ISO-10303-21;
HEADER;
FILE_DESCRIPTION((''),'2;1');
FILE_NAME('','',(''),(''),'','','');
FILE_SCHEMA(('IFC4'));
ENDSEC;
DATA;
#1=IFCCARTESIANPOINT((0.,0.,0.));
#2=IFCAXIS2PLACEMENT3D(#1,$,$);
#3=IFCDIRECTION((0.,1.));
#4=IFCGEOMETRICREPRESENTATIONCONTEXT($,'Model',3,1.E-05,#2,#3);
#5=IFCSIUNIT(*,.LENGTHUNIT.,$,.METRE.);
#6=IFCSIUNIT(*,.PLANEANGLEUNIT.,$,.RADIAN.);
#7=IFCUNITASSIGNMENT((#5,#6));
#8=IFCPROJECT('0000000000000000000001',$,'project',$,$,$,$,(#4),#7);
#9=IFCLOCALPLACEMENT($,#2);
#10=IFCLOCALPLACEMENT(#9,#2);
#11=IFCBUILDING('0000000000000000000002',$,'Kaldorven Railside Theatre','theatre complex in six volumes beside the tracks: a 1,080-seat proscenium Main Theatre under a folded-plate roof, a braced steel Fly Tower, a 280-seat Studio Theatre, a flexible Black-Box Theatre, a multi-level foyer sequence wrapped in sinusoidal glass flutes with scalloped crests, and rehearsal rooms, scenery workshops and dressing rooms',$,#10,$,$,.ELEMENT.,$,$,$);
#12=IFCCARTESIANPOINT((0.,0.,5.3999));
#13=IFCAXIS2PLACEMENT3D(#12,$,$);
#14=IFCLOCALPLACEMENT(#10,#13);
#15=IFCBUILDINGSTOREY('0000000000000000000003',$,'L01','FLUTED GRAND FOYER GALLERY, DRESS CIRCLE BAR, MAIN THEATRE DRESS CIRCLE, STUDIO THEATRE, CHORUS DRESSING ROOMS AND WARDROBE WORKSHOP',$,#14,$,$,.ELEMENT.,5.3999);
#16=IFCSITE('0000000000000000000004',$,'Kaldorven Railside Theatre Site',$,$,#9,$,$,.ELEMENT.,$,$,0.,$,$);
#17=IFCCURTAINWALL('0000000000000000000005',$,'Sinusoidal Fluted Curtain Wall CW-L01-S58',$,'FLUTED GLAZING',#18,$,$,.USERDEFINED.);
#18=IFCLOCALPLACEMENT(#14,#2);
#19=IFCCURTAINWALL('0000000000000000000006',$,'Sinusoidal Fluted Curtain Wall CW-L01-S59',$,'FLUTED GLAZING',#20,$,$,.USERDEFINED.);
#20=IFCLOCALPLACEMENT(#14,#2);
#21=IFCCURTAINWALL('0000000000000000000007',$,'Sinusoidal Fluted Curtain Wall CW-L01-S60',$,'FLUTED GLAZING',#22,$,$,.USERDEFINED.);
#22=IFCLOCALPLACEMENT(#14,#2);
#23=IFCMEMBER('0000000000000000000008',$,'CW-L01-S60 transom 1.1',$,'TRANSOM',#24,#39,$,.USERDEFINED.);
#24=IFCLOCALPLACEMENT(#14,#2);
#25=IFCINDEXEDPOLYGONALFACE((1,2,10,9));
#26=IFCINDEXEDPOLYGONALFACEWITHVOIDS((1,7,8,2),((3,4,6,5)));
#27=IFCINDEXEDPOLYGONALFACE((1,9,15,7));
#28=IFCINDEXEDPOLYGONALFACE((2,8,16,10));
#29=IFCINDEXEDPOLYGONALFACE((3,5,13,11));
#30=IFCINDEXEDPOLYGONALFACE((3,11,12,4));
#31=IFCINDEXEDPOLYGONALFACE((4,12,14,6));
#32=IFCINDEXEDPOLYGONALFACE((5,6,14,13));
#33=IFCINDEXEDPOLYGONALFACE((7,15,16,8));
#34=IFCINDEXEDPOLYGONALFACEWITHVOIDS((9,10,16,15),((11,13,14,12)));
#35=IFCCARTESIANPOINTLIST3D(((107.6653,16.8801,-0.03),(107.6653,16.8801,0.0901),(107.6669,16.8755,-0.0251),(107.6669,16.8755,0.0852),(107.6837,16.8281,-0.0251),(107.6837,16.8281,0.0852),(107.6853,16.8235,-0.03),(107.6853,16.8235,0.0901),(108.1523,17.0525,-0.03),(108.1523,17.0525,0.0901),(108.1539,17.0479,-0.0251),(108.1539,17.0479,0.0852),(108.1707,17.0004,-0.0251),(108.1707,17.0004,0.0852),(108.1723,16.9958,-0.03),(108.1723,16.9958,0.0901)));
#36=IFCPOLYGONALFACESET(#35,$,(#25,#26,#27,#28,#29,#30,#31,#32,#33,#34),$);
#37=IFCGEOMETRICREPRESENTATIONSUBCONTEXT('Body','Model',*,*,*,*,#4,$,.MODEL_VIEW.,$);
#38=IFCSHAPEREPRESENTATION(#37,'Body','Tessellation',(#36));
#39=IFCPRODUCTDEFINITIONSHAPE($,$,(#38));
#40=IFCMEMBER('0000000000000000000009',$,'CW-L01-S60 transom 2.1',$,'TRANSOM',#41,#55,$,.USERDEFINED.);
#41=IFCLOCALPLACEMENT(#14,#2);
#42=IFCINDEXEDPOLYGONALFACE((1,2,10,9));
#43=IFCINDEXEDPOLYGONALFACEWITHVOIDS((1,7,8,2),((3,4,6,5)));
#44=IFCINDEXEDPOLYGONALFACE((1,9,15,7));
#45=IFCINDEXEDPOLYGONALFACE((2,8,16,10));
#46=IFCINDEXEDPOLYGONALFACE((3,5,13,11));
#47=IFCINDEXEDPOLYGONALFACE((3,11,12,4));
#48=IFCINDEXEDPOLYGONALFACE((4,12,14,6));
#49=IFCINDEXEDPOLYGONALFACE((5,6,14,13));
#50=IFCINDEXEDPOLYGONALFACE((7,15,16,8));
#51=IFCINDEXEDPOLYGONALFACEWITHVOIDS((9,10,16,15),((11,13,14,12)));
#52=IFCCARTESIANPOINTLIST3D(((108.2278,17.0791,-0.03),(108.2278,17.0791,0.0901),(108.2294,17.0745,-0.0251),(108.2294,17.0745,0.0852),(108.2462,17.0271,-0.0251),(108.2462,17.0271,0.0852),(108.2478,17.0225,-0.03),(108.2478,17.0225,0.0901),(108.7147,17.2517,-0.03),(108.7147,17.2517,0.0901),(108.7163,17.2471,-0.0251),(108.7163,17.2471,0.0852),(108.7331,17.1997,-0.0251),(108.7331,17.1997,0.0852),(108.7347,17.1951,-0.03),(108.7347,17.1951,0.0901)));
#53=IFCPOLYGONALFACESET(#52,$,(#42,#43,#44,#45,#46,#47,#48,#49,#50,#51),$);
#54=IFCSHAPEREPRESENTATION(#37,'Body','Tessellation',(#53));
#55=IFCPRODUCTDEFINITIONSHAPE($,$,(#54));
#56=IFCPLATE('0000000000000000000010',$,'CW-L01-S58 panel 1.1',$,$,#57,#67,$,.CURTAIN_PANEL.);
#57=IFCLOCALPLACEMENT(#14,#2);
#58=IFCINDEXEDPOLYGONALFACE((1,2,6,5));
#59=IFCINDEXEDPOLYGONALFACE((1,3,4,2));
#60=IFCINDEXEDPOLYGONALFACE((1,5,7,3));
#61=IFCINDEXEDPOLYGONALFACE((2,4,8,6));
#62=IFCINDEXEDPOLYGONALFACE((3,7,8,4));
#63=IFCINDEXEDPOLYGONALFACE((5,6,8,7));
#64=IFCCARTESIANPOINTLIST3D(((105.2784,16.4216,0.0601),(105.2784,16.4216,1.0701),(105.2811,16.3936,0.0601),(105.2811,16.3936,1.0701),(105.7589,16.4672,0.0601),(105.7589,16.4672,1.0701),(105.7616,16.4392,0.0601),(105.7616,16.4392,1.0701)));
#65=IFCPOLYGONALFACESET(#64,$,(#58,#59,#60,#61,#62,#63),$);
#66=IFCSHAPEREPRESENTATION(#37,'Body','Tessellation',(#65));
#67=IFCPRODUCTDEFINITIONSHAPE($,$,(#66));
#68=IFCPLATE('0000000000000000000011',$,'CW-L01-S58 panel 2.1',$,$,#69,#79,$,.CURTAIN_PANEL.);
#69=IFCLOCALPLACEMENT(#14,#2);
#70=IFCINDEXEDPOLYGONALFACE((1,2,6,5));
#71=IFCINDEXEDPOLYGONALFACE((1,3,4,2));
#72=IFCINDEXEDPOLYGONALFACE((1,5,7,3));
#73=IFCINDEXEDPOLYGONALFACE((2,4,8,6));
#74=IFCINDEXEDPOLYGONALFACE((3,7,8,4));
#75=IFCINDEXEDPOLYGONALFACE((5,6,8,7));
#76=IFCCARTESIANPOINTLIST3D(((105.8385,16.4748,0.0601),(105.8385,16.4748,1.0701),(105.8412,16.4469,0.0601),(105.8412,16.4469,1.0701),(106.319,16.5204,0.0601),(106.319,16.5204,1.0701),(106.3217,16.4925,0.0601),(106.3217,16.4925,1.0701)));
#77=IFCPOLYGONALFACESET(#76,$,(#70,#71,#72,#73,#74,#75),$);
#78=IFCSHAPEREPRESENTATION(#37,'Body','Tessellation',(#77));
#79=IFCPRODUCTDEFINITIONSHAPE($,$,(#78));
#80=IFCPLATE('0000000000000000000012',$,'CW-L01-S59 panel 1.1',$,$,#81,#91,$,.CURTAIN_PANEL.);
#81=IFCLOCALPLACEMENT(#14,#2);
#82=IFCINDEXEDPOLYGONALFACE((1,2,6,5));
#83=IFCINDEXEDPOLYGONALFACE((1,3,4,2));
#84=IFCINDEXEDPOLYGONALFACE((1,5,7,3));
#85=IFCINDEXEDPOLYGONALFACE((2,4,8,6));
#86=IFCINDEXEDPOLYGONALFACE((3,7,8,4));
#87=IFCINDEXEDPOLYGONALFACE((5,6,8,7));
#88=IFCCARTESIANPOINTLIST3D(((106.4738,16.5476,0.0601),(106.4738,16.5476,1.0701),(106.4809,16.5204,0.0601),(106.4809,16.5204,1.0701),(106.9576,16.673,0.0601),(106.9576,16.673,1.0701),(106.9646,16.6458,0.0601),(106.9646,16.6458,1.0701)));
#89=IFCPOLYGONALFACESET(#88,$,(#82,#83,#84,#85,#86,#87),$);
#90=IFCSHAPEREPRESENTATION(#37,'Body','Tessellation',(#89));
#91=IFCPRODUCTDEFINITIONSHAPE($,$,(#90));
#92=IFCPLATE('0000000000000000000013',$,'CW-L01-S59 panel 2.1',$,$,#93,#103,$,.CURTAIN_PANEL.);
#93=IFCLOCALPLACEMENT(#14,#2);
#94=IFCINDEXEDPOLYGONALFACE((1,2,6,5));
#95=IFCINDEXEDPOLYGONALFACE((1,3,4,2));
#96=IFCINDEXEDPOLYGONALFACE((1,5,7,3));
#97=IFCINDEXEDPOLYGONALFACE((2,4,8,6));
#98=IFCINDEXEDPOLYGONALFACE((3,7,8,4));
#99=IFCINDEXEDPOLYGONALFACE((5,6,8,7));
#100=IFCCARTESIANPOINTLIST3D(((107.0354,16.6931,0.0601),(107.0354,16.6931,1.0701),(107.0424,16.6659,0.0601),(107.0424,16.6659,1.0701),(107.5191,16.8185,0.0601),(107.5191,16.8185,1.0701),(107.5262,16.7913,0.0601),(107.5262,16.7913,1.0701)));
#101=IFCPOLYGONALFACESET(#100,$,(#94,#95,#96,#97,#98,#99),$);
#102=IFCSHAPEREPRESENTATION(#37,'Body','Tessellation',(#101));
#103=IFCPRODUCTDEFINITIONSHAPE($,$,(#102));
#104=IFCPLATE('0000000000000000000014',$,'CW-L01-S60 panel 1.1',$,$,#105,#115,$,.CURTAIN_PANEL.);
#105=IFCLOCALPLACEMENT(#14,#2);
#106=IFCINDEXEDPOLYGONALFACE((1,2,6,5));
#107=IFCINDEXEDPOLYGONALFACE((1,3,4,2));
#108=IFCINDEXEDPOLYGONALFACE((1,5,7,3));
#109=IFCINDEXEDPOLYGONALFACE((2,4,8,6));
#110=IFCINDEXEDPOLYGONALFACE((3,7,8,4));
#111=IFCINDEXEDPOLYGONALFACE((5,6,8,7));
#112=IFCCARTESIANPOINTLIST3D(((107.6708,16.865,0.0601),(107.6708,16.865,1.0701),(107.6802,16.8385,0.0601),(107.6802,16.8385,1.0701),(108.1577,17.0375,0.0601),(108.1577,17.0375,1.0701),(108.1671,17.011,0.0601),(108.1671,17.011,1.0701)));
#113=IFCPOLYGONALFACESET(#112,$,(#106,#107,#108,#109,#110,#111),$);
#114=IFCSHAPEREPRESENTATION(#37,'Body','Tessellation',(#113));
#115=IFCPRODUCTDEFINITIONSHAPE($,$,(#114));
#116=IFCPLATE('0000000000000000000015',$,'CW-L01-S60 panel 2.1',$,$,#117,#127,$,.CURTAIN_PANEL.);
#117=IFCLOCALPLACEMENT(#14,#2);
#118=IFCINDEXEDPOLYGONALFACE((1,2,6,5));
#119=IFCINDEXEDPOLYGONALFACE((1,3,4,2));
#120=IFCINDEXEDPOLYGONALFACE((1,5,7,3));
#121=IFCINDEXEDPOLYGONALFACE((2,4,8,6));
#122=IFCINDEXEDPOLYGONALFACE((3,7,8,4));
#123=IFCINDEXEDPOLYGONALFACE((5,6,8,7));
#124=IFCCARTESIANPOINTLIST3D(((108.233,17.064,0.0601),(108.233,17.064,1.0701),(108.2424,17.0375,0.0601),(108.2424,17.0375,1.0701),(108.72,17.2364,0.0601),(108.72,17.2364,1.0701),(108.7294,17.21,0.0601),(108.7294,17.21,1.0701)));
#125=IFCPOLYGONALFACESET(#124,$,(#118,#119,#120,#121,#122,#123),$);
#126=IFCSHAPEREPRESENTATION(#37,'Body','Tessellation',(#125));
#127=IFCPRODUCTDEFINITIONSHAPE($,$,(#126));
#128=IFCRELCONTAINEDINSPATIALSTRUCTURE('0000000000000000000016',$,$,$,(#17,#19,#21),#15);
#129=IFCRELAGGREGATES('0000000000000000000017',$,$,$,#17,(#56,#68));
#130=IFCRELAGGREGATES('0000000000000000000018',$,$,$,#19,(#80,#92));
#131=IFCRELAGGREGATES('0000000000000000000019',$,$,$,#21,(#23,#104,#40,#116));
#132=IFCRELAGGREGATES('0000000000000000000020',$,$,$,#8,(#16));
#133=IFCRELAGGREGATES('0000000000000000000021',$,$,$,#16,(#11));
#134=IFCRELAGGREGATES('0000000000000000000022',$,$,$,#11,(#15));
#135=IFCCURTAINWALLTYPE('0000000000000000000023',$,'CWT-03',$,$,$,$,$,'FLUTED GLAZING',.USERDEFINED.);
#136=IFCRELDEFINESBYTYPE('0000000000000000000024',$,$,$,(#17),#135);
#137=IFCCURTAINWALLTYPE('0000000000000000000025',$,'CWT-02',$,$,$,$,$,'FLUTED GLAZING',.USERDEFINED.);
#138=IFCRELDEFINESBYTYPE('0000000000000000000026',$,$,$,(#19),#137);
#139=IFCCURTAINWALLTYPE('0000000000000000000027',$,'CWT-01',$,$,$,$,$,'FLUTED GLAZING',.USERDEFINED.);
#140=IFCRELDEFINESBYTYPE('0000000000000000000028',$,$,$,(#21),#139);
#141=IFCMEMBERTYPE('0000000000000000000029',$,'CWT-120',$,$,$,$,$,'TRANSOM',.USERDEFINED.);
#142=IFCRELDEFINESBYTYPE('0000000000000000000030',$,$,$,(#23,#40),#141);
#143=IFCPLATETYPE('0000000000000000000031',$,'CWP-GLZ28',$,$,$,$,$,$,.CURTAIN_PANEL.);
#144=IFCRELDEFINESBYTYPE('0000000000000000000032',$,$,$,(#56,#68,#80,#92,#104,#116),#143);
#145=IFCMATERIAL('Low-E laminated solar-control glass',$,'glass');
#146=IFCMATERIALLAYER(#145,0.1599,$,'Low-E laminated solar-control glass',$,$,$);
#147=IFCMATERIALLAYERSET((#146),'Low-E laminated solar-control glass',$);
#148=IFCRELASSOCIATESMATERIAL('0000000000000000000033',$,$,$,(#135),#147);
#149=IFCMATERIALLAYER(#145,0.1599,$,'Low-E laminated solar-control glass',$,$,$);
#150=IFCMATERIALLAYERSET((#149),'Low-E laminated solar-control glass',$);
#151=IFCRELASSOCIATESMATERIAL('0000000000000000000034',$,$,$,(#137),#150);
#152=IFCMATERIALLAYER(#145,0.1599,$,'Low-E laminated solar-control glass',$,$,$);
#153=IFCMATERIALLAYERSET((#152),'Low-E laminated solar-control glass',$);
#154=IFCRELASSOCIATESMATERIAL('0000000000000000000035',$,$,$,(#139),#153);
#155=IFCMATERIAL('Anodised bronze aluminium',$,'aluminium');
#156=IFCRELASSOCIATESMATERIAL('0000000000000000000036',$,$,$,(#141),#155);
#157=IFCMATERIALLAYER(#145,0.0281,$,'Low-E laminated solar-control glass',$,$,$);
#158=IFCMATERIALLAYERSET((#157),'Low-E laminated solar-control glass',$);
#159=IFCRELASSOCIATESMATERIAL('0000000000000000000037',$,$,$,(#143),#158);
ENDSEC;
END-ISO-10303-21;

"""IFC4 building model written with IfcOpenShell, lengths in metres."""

from ifc_helpers import new_model, si_unit, direction, frame, origin, origin_2d, place, context, subcontext, project, spatial, rectangle, hollow_rectangle, extrude, material, layer, layer_set, material_profile, profile_set, type_object, element, aggregate, save


model = new_model("IFC4")

# Units and contexts
model_context = context("Model", 3, precision=1e-05, world=origin(), true_north=direction((0.0, 1.0)))
body_context = subcontext(model_context, "Body", "Model", "MODEL_VIEW")
ifc_project = project(units=[si_unit("LENGTHUNIT", "METRE"), si_unit("PLANEANGLEUNIT", "RADIAN")], contexts=[model_context])

# Site, building, storey
site_placement = place(None, origin())
site = spatial("IfcSite", under=ifc_project, at=site_placement, Name="Kaldorven Railside Theatre Site", CompositionType="ELEMENT", RefElevation=0.0)
building_placement = place(site_placement, origin())
building = spatial("IfcBuilding", under=site, at=building_placement, Name="Kaldorven Railside Theatre", Description="theatre complex in six volumes beside the tracks: a 1,080-seat proscenium Main Theatre under a folded-plate roof, a braced steel Fly Tower, a 280-seat Studio Theatre, a flexible Black-Box Theatre, a multi-level foyer sequence wrapped in sinusoidal glass flutes with scalloped crests, and rehearsal rooms, scenery workshops and dressing rooms", CompositionType="ELEMENT")
storey_placement = place(building_placement, frame((0.0, 0.0, 5.3999)))
storey = spatial("IfcBuildingStorey", under=building, at=storey_placement, Name="L01", Description="FLUTED GRAND FOYER GALLERY, DRESS CIRCLE BAR, MAIN THEATRE DRESS CIRCLE, STUDIO THEATRE, CHORUS DRESSING ROOMS AND WARDROBE WORKSHOP", CompositionType="ELEMENT", Elevation=5.3999)

# Curtain walls
ifc_material_1 = material(Name="Low-E laminated solar-control glass", Category="glass")
ifc_layer_1 = layer(ifc_material_1, 0.1599, Name="Low-E laminated solar-control glass")
ifc_layer_set_1 = layer_set([ifc_layer_1], Name="Low-E laminated solar-control glass")
curtain_wall_type_1 = type_object("IfcCurtainWallType", Name="CWT-03", ElementType="FLUTED GLAZING", PredefinedType="USERDEFINED", material=ifc_layer_set_1)
curtain_wall_1_placement = place(storey_placement, origin())
curtain_wall_1 = element("IfcCurtainWall", 1, at=curtain_wall_1_placement, inside=storey, type_object=curtain_wall_type_1, Name="Sinusoidal Fluted Curtain Wall CW-L01-S58", ObjectType="FLUTED GLAZING", PredefinedType="USERDEFINED")
ifc_material_2 = material(Name="Anodised bronze aluminium", Category="aluminium")
ifc_layer_2 = layer(ifc_material_1, 0.1599, Name="Low-E laminated solar-control glass")
ifc_layer_set_2 = layer_set([ifc_layer_2], Name="Low-E laminated solar-control glass")
curtain_wall_type_2 = type_object("IfcCurtainWallType", Name="CWT-02", ElementType="FLUTED GLAZING", PredefinedType="USERDEFINED", material=ifc_layer_set_2)
curtain_wall_2_placement = place(storey_placement, origin())
curtain_wall_2 = element("IfcCurtainWall", 2, at=curtain_wall_2_placement, inside=storey, type_object=curtain_wall_type_2, Name="Sinusoidal Fluted Curtain Wall CW-L01-S59", ObjectType="FLUTED GLAZING", PredefinedType="USERDEFINED")
ifc_layer_3 = layer(ifc_material_1, 0.1599, Name="Low-E laminated solar-control glass")
ifc_layer_set_3 = layer_set([ifc_layer_3], Name="Low-E laminated solar-control glass")
curtain_wall_type_3 = type_object("IfcCurtainWallType", Name="CWT-01", ElementType="FLUTED GLAZING", PredefinedType="USERDEFINED", material=ifc_layer_set_3)
curtain_wall_3_placement = place(storey_placement, origin())
curtain_wall_3 = element("IfcCurtainWall", 3, at=curtain_wall_3_placement, inside=storey, type_object=curtain_wall_type_3, Name="Sinusoidal Fluted Curtain Wall CW-L01-S60", ObjectType="FLUTED GLAZING", PredefinedType="USERDEFINED")

# Members
ifc_material_profile_1 = material_profile(ifc_material_2, hollow_rectangle(XDim=0.0601, YDim=0.1201, WallThickness=0.0049, at=origin_2d()), Name="RHS 120x60x5")
ifc_profile_set_1 = profile_set([ifc_material_profile_1], Name="Anodised bronze aluminium")
member_type_1 = type_object("IfcMemberType", Name="CWT-120", ElementType="TRANSOM", PredefinedType="USERDEFINED", material=ifc_profile_set_1)
member_1_placement = place(storey_placement, frame((107.6753, 16.8518, 0.03), z_axis=(0.942711, 0.333611, 0.0), x_axis=(-0.333611, 0.942711, 0.0)))
member_1 = element("IfcMember", 4, at=member_1_placement, type_object=member_type_1, Name="CW-L01-S60 transom 1.1", ObjectType="TRANSOM", PredefinedType="USERDEFINED", context=body_context, shape_type="SweptSolid", body=[
    extrude(hollow_rectangle(XDim=0.0601, YDim=0.1201, WallThickness=0.0049, at=origin_2d()), origin(), (0.0, 0.0, 1.0), 0.5166),
])
member_2_placement = place(storey_placement, frame((108.2378, 17.0508, 0.03), z_axis=(0.942509, 0.33418, 0.0), x_axis=(-0.33418, 0.942509, 0.0)))
member_2 = element("IfcMember", 5, at=member_2_placement, type_object=member_type_1, Name="CW-L01-S60 transom 2.1", ObjectType="TRANSOM", PredefinedType="USERDEFINED", context=body_context, shape_type="SweptSolid", body=[
    extrude(hollow_rectangle(XDim=0.0601, YDim=0.1201, WallThickness=0.0049, at=origin_2d()), origin(), (0.0, 0.0, 1.0), 0.5166),
])

# Plates
ifc_layer_4 = layer(ifc_material_1, 0.0281, Name="Low-E laminated solar-control glass")
ifc_layer_set_4 = layer_set([ifc_layer_4], Name="Low-E laminated solar-control glass")
plate_type = type_object("IfcPlateType", Name="CWP-GLZ28", PredefinedType="CURTAIN_PANEL", material=ifc_layer_set_4)
plate_1_placement = place(storey_placement, frame((105.52, 16.4304, 0.0601), z_axis=(0.0, 0.0, 1.0), x_axis=(0.995526, 0.094492, 0.0)))
plate_1 = element("IfcPlate", 6, at=plate_1_placement, type_object=plate_type, Name="CW-L01-S58 panel 1.1", PredefinedType="CURTAIN_PANEL", context=body_context, shape_type="SweptSolid", body=[
    extrude(rectangle(XDim=0.4827, YDim=0.0281, at=origin_2d()), origin(), (0.0, 0.0, 1.0), 1.01),
])
plate_2_placement = place(storey_placement, frame((106.0801, 16.4836, 0.0601), z_axis=(0.0, 0.0, 1.0), x_axis=(0.995526, 0.094492, 0.0)))
plate_2 = element("IfcPlate", 7, at=plate_2_placement, type_object=plate_type, Name="CW-L01-S58 panel 2.1", PredefinedType="CURTAIN_PANEL", context=body_context, shape_type="SweptSolid", body=[
    extrude(rectangle(XDim=0.4827, YDim=0.0281, at=origin_2d()), origin(), (0.0, 0.0, 1.0), 1.01),
])
aggregate(curtain_wall_1, [plate_1, plate_2])
plate_3_placement = place(storey_placement, frame((106.7192, 16.5967, 0.0601), z_axis=(0.0, 0.0, 1.0), x_axis=(0.967999, 0.250954, 0.0)))
plate_3 = element("IfcPlate", 8, at=plate_3_placement, type_object=plate_type, Name="CW-L01-S59 panel 1.1", PredefinedType="CURTAIN_PANEL", context=body_context, shape_type="SweptSolid", body=[
    extrude(rectangle(XDim=0.4998, YDim=0.0281, at=origin_2d()), origin(), (0.0, 0.0, 1.0), 1.01),
])
plate_4_placement = place(storey_placement, frame((107.2808, 16.7422, 0.0601), z_axis=(0.0, 0.0, 1.0), x_axis=(0.967999, 0.250954, 0.0)))
plate_4 = element("IfcPlate", 9, at=plate_4_placement, type_object=plate_type, Name="CW-L01-S59 panel 2.1", PredefinedType="CURTAIN_PANEL", context=body_context, shape_type="SweptSolid", body=[
    extrude(rectangle(XDim=0.4998, YDim=0.0281, at=origin_2d()), origin(), (0.0, 0.0, 1.0), 1.01),
])
aggregate(curtain_wall_2, [plate_3, plate_4])
plate_5_placement = place(storey_placement, frame((107.9189, 16.938, 0.0601), z_axis=(0.0, 0.0, 1.0), x_axis=(0.942627, 0.333847, 0.0)))
plate_5 = element("IfcPlate", 10, at=plate_5_placement, type_object=plate_type, Name="CW-L01-S60 panel 1.1", PredefinedType="CURTAIN_PANEL", context=body_context, shape_type="SweptSolid", body=[
    extrude(rectangle(XDim=0.5166, YDim=0.0281, at=origin_2d()), origin(), (0.0, 0.0, 1.0), 1.01),
])
plate_6_placement = place(storey_placement, frame((108.4812, 17.137, 0.0601), z_axis=(0.0, 0.0, 1.0), x_axis=(0.942627, 0.333847, 0.0)))
plate_6 = element("IfcPlate", 11, at=plate_6_placement, type_object=plate_type, Name="CW-L01-S60 panel 2.1", PredefinedType="CURTAIN_PANEL", context=body_context, shape_type="SweptSolid", body=[
    extrude(rectangle(XDim=0.5166, YDim=0.0281, at=origin_2d()), origin(), (0.0, 0.0, 1.0), 1.01),
])
aggregate(curtain_wall_3, [member_1, plate_5, member_2, plate_6])

save(model, "model.ifc")
